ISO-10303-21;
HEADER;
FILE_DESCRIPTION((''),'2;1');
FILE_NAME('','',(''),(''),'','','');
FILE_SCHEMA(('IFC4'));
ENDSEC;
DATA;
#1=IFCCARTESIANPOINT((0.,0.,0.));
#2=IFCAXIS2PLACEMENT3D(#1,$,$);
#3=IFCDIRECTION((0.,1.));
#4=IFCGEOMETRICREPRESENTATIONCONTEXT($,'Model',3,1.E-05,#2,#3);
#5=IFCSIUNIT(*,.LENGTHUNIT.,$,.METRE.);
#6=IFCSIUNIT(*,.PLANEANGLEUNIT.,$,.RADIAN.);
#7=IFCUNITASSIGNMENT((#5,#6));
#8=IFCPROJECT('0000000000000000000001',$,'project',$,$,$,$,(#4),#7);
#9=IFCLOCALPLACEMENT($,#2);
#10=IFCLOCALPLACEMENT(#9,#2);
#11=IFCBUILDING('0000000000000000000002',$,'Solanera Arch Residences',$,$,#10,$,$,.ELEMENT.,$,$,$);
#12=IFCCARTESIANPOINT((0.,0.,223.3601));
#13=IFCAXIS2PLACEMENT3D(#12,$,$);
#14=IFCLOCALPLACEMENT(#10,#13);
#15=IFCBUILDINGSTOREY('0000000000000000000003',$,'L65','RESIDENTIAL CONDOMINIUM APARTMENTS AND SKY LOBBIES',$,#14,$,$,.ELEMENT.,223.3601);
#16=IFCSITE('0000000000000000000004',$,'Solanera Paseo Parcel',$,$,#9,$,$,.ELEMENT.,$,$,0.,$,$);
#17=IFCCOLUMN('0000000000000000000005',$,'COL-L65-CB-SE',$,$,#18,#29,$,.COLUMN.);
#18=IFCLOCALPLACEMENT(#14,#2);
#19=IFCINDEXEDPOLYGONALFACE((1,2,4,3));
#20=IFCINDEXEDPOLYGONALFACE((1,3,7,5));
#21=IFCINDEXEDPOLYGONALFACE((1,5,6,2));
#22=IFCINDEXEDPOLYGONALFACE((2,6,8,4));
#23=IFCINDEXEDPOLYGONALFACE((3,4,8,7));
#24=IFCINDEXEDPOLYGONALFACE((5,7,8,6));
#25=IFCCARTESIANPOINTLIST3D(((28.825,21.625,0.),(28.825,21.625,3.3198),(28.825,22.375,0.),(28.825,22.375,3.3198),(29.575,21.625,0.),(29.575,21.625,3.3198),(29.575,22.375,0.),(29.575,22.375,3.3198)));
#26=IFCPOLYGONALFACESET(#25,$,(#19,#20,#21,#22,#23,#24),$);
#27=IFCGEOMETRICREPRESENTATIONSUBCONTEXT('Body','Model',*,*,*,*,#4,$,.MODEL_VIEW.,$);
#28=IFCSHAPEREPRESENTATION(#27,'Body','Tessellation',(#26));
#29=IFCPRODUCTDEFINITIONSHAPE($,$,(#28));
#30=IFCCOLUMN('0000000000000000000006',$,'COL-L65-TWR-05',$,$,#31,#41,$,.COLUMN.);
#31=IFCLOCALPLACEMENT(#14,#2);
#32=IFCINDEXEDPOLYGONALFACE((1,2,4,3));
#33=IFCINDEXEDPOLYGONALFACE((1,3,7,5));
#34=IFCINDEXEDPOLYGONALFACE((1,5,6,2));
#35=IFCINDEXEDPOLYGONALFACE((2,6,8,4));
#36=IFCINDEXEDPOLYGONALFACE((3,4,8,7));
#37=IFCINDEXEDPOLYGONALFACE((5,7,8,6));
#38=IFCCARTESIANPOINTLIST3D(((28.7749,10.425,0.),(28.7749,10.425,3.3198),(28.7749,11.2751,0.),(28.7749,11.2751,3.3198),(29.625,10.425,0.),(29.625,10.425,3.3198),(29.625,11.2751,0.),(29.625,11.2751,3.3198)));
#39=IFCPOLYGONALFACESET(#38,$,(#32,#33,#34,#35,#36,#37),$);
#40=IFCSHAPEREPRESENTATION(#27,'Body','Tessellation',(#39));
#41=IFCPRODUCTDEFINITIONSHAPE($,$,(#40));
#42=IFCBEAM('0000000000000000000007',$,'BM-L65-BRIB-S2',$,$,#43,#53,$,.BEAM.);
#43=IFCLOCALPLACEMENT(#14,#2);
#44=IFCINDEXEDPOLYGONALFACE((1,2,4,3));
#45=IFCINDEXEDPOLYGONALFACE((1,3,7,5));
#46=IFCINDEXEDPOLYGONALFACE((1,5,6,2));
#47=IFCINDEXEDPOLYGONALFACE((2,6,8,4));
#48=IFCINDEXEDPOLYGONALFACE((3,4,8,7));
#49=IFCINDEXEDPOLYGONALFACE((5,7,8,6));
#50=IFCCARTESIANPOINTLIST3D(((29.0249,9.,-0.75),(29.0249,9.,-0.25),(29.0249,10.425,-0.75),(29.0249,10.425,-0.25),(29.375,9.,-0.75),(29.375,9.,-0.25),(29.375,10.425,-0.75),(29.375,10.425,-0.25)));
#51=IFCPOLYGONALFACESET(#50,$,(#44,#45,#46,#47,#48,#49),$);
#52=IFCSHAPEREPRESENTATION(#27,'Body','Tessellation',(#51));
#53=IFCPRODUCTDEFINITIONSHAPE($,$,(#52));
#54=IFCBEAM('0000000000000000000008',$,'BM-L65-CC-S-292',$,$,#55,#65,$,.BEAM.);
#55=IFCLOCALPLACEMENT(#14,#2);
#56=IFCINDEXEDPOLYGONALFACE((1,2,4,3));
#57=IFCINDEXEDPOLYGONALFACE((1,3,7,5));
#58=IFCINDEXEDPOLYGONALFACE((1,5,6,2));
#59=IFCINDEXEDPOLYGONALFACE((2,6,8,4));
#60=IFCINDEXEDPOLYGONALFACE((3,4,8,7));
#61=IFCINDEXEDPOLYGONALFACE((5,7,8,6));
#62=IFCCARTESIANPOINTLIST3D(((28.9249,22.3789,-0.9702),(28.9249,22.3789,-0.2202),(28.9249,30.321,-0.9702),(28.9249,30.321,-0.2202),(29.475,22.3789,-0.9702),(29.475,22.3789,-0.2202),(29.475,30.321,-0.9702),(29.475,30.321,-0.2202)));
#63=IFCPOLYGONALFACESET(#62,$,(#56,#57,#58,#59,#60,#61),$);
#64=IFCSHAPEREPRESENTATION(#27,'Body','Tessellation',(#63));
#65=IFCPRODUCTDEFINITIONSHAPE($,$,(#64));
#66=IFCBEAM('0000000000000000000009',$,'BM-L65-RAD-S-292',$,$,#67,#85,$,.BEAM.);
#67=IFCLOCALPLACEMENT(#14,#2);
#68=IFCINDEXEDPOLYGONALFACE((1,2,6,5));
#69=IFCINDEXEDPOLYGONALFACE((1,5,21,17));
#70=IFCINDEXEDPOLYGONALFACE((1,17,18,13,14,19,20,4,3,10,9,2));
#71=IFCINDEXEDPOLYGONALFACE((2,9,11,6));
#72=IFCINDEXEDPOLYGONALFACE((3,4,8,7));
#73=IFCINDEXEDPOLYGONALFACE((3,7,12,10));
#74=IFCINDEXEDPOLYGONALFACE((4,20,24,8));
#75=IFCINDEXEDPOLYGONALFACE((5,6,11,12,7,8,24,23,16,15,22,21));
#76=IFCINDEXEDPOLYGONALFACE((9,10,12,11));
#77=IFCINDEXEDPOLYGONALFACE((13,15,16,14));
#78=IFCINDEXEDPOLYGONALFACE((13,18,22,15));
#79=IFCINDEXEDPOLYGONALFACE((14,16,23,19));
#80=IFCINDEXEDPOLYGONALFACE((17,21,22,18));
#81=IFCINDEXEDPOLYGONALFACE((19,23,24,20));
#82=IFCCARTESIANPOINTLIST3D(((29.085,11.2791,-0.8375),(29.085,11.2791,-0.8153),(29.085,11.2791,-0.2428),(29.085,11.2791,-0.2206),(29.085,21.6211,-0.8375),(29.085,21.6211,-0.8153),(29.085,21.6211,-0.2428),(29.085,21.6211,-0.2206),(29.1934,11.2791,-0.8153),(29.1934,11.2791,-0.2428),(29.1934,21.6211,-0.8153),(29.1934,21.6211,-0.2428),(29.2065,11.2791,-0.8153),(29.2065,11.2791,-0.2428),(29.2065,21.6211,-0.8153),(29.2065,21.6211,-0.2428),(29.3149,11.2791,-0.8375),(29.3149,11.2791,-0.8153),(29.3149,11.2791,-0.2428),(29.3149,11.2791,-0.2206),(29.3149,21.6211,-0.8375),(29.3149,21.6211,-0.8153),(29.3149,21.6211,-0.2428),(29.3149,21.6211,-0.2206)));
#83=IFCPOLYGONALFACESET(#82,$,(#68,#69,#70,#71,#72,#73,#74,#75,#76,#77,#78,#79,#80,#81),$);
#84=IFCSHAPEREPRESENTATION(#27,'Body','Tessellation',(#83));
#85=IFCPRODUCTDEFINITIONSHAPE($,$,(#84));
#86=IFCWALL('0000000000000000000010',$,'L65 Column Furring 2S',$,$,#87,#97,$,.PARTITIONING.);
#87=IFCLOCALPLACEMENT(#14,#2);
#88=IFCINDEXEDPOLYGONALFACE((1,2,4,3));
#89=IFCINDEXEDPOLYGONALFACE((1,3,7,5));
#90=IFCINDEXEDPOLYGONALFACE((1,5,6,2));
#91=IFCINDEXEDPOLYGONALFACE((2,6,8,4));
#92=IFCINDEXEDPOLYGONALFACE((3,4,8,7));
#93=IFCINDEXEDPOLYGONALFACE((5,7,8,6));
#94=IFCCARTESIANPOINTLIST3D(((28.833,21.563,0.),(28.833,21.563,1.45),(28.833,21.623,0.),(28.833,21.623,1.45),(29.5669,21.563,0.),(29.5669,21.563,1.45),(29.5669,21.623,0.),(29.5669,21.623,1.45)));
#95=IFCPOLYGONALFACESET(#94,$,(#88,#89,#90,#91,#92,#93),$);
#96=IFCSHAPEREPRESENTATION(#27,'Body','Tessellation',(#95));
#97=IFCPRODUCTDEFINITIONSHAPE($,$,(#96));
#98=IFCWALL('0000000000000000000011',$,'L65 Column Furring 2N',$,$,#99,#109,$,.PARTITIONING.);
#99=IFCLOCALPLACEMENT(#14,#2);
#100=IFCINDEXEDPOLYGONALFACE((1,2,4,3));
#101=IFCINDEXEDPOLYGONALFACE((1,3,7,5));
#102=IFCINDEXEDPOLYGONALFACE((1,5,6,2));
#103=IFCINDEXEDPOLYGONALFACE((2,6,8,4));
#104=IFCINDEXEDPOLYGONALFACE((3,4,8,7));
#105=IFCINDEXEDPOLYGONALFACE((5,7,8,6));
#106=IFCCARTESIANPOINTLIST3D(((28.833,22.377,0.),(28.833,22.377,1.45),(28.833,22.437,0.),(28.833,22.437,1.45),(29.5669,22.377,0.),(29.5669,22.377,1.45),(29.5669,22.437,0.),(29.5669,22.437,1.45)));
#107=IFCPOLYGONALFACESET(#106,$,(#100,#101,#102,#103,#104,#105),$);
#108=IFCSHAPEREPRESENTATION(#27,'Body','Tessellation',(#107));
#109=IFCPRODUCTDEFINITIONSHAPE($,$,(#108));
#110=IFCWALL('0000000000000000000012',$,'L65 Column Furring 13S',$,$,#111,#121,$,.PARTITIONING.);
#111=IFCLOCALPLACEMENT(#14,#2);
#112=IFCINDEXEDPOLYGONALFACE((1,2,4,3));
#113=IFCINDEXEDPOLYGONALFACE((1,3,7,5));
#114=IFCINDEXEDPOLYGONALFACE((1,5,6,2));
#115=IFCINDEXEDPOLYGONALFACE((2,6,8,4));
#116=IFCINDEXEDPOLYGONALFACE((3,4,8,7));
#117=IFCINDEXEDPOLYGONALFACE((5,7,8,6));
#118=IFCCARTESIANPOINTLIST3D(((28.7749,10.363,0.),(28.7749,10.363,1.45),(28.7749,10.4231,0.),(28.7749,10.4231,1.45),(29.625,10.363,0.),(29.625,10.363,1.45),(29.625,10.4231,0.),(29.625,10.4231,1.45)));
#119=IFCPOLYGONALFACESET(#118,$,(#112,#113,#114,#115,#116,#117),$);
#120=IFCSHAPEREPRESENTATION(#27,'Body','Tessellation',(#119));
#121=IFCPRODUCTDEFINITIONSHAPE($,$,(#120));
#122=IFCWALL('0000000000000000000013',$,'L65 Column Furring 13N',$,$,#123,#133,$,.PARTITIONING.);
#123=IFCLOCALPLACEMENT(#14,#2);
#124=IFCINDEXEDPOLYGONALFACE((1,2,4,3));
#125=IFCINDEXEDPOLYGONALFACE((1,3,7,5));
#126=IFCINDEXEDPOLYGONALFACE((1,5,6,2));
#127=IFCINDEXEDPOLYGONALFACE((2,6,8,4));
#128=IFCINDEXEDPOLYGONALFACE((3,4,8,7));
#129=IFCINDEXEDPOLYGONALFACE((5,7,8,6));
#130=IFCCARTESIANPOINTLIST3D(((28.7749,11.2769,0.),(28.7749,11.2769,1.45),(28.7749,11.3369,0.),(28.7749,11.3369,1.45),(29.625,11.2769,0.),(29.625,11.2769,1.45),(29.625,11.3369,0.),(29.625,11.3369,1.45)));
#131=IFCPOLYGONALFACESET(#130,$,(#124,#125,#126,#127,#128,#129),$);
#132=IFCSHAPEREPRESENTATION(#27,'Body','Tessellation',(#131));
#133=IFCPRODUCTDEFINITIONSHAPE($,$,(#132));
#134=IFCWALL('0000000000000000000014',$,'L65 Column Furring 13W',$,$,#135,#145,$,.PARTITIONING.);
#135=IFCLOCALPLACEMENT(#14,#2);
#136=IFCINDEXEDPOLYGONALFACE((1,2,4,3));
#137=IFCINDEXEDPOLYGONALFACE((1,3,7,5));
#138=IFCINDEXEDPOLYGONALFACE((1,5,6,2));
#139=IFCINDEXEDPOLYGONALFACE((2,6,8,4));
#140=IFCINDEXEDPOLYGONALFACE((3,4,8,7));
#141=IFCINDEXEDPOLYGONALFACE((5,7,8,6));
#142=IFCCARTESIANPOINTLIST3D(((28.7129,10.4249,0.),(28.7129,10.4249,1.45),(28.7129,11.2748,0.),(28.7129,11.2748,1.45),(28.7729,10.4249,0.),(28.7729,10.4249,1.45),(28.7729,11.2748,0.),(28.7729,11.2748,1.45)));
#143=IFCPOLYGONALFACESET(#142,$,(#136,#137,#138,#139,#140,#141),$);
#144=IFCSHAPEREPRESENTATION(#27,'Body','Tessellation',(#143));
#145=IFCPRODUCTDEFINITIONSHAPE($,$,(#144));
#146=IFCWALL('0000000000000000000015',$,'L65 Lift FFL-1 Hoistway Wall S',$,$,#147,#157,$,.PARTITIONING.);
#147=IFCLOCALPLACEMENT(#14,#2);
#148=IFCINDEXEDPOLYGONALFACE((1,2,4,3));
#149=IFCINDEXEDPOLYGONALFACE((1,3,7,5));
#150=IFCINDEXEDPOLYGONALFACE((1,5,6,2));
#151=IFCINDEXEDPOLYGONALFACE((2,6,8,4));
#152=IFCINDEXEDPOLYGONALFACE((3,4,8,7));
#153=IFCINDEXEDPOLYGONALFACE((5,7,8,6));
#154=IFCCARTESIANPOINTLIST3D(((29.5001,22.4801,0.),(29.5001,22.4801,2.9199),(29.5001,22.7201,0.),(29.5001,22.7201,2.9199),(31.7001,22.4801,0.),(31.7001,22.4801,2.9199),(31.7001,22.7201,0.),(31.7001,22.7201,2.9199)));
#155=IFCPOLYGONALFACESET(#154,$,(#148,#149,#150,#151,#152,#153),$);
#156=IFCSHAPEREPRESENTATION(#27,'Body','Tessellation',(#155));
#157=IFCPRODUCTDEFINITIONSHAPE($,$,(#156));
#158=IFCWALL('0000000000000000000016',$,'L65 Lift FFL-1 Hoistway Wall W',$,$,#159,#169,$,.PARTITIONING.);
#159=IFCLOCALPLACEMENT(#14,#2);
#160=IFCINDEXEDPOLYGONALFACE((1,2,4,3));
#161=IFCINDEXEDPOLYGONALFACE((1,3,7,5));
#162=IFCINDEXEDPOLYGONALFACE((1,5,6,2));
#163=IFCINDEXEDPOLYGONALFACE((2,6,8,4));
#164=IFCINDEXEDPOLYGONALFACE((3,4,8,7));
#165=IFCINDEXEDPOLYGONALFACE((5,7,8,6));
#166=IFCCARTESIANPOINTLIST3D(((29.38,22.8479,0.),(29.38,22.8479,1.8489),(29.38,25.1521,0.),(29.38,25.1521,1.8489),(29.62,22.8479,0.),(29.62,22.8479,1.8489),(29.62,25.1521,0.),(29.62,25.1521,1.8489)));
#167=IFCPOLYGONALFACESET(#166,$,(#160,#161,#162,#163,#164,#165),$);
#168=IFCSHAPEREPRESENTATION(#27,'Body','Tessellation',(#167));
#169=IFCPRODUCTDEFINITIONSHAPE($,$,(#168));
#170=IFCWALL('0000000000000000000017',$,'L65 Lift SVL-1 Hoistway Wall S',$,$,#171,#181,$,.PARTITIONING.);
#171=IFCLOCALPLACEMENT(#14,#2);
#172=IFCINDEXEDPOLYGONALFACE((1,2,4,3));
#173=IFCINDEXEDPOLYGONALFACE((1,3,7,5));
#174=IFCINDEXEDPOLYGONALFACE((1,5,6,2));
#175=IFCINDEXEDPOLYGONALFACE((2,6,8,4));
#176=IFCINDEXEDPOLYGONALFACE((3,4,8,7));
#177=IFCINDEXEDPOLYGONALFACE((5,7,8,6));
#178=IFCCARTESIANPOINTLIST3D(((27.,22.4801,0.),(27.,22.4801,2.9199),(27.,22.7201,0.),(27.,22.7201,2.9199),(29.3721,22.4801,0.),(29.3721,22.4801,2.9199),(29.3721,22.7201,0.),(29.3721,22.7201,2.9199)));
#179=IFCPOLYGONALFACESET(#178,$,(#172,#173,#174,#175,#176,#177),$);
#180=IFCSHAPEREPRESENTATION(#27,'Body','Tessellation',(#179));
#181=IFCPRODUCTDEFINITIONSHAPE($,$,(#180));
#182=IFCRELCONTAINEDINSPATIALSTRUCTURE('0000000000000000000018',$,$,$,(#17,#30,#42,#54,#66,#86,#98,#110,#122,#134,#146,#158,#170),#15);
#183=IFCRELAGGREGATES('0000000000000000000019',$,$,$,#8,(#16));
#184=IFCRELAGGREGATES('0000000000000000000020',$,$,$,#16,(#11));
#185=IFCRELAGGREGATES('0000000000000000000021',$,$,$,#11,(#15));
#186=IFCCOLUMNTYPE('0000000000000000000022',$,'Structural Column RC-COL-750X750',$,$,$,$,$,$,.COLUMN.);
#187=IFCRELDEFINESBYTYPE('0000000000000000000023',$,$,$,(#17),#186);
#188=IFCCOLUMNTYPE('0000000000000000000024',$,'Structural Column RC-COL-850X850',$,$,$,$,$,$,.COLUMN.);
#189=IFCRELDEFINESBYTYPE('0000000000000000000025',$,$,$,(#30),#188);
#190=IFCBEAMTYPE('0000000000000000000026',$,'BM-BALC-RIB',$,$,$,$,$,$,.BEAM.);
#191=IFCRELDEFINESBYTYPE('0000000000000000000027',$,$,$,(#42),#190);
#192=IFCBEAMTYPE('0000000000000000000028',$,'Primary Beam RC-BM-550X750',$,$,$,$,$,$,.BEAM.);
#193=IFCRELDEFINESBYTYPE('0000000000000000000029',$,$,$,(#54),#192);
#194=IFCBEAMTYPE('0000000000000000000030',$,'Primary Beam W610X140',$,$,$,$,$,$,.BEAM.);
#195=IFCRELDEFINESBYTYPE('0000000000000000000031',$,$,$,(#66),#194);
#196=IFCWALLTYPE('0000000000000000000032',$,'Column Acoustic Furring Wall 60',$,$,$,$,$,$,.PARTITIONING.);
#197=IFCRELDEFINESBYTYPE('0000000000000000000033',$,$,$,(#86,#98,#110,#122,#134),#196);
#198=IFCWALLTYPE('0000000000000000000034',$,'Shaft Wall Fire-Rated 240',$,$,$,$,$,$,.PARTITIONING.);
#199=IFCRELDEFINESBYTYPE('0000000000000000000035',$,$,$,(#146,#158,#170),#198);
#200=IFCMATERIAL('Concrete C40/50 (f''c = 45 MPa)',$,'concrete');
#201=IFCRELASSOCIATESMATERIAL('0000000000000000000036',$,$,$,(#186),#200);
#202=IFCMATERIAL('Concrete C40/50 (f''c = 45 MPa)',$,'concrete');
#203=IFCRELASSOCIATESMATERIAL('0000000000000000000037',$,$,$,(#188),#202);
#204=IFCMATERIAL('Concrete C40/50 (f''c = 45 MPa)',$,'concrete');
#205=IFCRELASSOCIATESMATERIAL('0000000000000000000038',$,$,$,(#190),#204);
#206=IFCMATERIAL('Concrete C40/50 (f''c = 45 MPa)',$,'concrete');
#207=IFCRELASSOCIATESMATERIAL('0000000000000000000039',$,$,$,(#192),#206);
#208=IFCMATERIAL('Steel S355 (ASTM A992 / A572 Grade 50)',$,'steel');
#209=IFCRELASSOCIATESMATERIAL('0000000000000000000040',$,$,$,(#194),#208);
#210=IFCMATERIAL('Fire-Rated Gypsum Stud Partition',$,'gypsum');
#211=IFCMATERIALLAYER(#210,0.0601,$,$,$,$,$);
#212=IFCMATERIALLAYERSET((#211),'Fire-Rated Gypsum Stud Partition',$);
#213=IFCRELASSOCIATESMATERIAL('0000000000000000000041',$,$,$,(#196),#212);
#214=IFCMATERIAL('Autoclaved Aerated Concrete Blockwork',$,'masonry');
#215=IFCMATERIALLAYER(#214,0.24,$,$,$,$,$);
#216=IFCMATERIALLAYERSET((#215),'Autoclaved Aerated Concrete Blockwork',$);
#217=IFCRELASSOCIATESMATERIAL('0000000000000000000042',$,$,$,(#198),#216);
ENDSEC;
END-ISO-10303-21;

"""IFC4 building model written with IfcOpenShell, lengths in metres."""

from ifc_helpers import new_model, si_unit, direction, frame, frame_2d, origin, origin_2d, place, context, subcontext, project, spatial, rectangle, i_section, extrude, material, layer, layer_set, material_profile, profile_set, type_object, element, save


model = new_model("IFC4")

# Units and contexts
model_context = context("Model", 3, precision=1e-05, world=origin(), true_north=direction((0.0, 1.0)))
body_context = subcontext(model_context, "Body", "Model", "MODEL_VIEW")
ifc_project = project(units=[si_unit("LENGTHUNIT", "METRE"), si_unit("PLANEANGLEUNIT", "RADIAN")], contexts=[model_context])

# Site, building, storey
site_placement = place(None, origin())
site = spatial("IfcSite", under=ifc_project, at=site_placement, Name="Solanera Paseo Parcel", CompositionType="ELEMENT", RefElevation=0.0)
building_placement = place(site_placement, origin())
building = spatial("IfcBuilding", under=site, at=building_placement, Name="Solanera Arch Residences", CompositionType="ELEMENT")
storey_placement = place(building_placement, frame((0.0, 0.0, 223.3601)))
storey = spatial("IfcBuildingStorey", under=building, at=storey_placement, Name="L65", Description="RESIDENTIAL CONDOMINIUM APARTMENTS AND SKY LOBBIES", CompositionType="ELEMENT", Elevation=223.3601)

# Columns
ifc_material_1 = material(Name="Concrete C40/50 (f'c = 45 MPa)", Category="concrete")
ifc_material_profile_1 = material_profile(ifc_material_1, rectangle(XDim=0.75, YDim=0.75, at=origin_2d()))
ifc_profile_set_1 = profile_set([ifc_material_profile_1], Name="Concrete C40/50 (f'c = 45 MPa)")
column_type_1 = type_object("IfcColumnType", Name="Structural Column RC-COL-750X750", PredefinedType="COLUMN", material=ifc_profile_set_1)
column_1_placement = place(storey_placement, frame((29.2, 22.0, 0.0), z_axis=(0.0, 0.0, 1.0), x_axis=(1.0, 0.0, 0.0)))
element("IfcColumn", 1, at=column_1_placement, inside=storey, type_object=column_type_1, Name="COL-L65-CB-SE", PredefinedType="COLUMN", context=body_context, shape_type="SweptSolid", body=[
    extrude(rectangle(XDim=0.75, YDim=0.75, at=origin_2d()), origin(), (0.0, 0.0, 1.0), 3.3198),
])
ifc_material_2 = material(Name="Concrete C40/50 (f'c = 45 MPa)", Category="concrete")
ifc_material_profile_2 = material_profile(ifc_material_2, rectangle(XDim=0.8501, YDim=0.8501, at=origin_2d()))
ifc_profile_set_2 = profile_set([ifc_material_profile_2], Name="Concrete C40/50 (f'c = 45 MPa)")
column_type_2 = type_object("IfcColumnType", Name="Structural Column RC-COL-850X850", PredefinedType="COLUMN", material=ifc_profile_set_2)
column_2_placement = place(storey_placement, frame((29.2, 10.8501, 0.0), z_axis=(0.0, 0.0, 1.0), x_axis=(1.0, 0.0, 0.0)))
element("IfcColumn", 2, at=column_2_placement, inside=storey, type_object=column_type_2, Name="COL-L65-TWR-05", PredefinedType="COLUMN", context=body_context, shape_type="SweptSolid", body=[
    extrude(rectangle(XDim=0.8501, YDim=0.8501, at=origin_2d()), origin(), (0.0, 0.0, 1.0), 3.3198),
])

# Beams
ifc_material_3 = material(Name="Concrete C40/50 (f'c = 45 MPa)", Category="concrete")
ifc_material_profile_3 = material_profile(ifc_material_3, rectangle(XDim=0.3501, YDim=0.5, at=origin_2d()))
ifc_profile_set_3 = profile_set([ifc_material_profile_3], Name="Concrete C40/50 (f'c = 45 MPa)")
beam_type_1 = type_object("IfcBeamType", Name="BM-BALC-RIB", PredefinedType="BEAM", material=ifc_profile_set_3)
beam_1_placement = place(storey_placement, frame((29.2, 9.0, -0.5), z_axis=(0.0, 1.0, 0.0), x_axis=(-1.0, 0.0, 0.0)))
element("IfcBeam", 3, at=beam_1_placement, inside=storey, type_object=beam_type_1, Name="BM-L65-BRIB-S2", PredefinedType="BEAM", context=body_context, shape_type="SweptSolid", body=[
    extrude(rectangle(XDim=0.3501, YDim=0.5, at=origin_2d()), origin(), (0.0, 0.0, 1.0), 1.425),
])
ifc_material_4 = material(Name="Concrete C40/50 (f'c = 45 MPa)", Category="concrete")
ifc_material_profile_4 = material_profile(ifc_material_4, rectangle(XDim=0.55, YDim=0.75, at=origin_2d()))
ifc_profile_set_4 = profile_set([ifc_material_profile_4], Name="Concrete C40/50 (f'c = 45 MPa)")
beam_type_2 = type_object("IfcBeamType", Name="Primary Beam RC-BM-550X750", PredefinedType="BEAM", material=ifc_profile_set_4)
beam_2_placement = place(storey_placement, frame((29.2, 22.3789, -0.5952), z_axis=(0.0, 1.0, 0.0), x_axis=(-1.0, 0.0, 0.0)))
element("IfcBeam", 4, at=beam_2_placement, inside=storey, type_object=beam_type_2, Name="BM-L65-CC-S-292", PredefinedType="BEAM", context=body_context, shape_type="SweptSolid", body=[
    extrude(rectangle(XDim=0.55, YDim=0.75, at=origin_2d()), origin(), (0.0, 0.0, 1.0), 7.9421),
])
ifc_material_5 = material(Name="Steel S355 (ASTM A992 / A572 Grade 50)", Category="steel")
ifc_material_profile_5 = material_profile(ifc_material_5, i_section(OverallWidth=0.23, OverallDepth=0.6169, WebThickness=0.0132, FlangeThickness=0.0222, at=origin_2d()))
ifc_profile_set_5 = profile_set([ifc_material_profile_5], Name="Steel S355 (ASTM A992 / A572 Grade 50)")
beam_type_3 = type_object("IfcBeamType", Name="Primary Beam W610X140", PredefinedType="BEAM", material=ifc_profile_set_5)
beam_3_placement = place(storey_placement, frame((29.2, 11.2791, -0.5291), z_axis=(0.0, 1.0, 0.0), x_axis=(-1.0, 0.0, 0.0)))
element("IfcBeam", 5, at=beam_3_placement, inside=storey, type_object=beam_type_3, Name="BM-L65-RAD-S-292", PredefinedType="BEAM", context=body_context, shape_type="SweptSolid", body=[
    extrude(i_section(OverallWidth=0.23, OverallDepth=0.6169, WebThickness=0.0132, FlangeThickness=0.0222, at=origin_2d()), origin(), (0.0, 0.0, 1.0), 10.342),
])

# Walls
ifc_material_6 = material(Name="Fire-Rated Gypsum Stud Partition", Category="gypsum")
ifc_layer_1 = layer(ifc_material_6, 0.0601)
ifc_layer_set_1 = layer_set([ifc_layer_1], Name="Fire-Rated Gypsum Stud Partition")
wall_type_1 = type_object("IfcWallType", Name="Column Acoustic Furring Wall 60", PredefinedType="PARTITIONING", material=ifc_layer_set_1)
for number, where, z_axis, x_axis, name in (
    (6, (28.833, 21.593, 0.0), (0.0, 0.0, 1.0), (1.0, 0.0, 0.0), "L65 Column Furring 2S"),
    (7, (28.833, 22.407, 0.0), (0.0, 0.0, 1.0), (1.0, 0.0, 0.0), "L65 Column Furring 2N"),
):
    element("IfcWall", number, at=place(storey_placement, frame(where, z_axis=z_axis, x_axis=x_axis)), inside=storey, type_object=wall_type_1, Name=name, PredefinedType="PARTITIONING", context=body_context, shape_type="SweptSolid", body=[
        extrude(rectangle(XDim=0.7339, YDim=0.0601, at=frame_2d((0.3669, 0.0))), origin(), (0.0, 0.0, 1.0), 1.45),
    ])
for number, where, z_axis, x_axis, name in (
    (8, (28.7749, 10.3931, 0.0), (0.0, 0.0, 1.0), (1.0, 0.0, 0.0), "L65 Column Furring 13S"),
    (9, (28.7749, 11.3069, 0.0), (0.0, 0.0, 1.0), (1.0, 0.0, 0.0), "L65 Column Furring 13N"),
):
    element("IfcWall", number, at=place(storey_placement, frame(where, z_axis=z_axis, x_axis=x_axis)), inside=storey, type_object=wall_type_1, Name=name, PredefinedType="PARTITIONING", context=body_context, shape_type="SweptSolid", body=[
        extrude(rectangle(XDim=0.8501, YDim=0.0601, at=frame_2d((0.425, 0.0))), origin(), (0.0, 0.0, 1.0), 1.45),
    ])
wall_1_placement = place(storey_placement, frame((28.7429, 10.425, 0.0), z_axis=(0.0, 0.0, 1.0), x_axis=(0.0, 1.0, 0.0)))
element("IfcWall", 10, at=wall_1_placement, inside=storey, type_object=wall_type_1, Name="L65 Column Furring 13W", PredefinedType="PARTITIONING", context=body_context, shape_type="SweptSolid", body=[
    extrude(rectangle(XDim=0.8499, YDim=0.0601, at=frame_2d((0.4248, 0.0))), origin(), (0.0, 0.0, 1.0), 1.45),
])
ifc_material_7 = material(Name="Autoclaved Aerated Concrete Blockwork", Category="masonry")
ifc_layer_2 = layer(ifc_material_7, 0.24)
ifc_layer_set_2 = layer_set([ifc_layer_2], Name="Autoclaved Aerated Concrete Blockwork")
wall_type_2 = type_object("IfcWallType", Name="Shaft Wall Fire-Rated 240", PredefinedType="PARTITIONING", material=ifc_layer_set_2)
wall_2_placement = place(storey_placement, frame((29.5, 22.6001, 0.0), z_axis=(0.0, 0.0, 1.0), x_axis=(1.0, 0.0, 0.0)))
element("IfcWall", 11, at=wall_2_placement, inside=storey, type_object=wall_type_2, Name="L65 Lift FFL-1 Hoistway Wall S", PredefinedType="PARTITIONING", context=body_context, shape_type="SweptSolid", body=[
    extrude(rectangle(XDim=2.2, YDim=0.24, at=frame_2d((1.1001, 0.0))), origin(), (0.0, 0.0, 1.0), 2.9199),
])
wall_3_placement = place(storey_placement, frame((29.5, 22.8479, 0.0), z_axis=(0.0, 0.0, 1.0), x_axis=(0.0, 1.0, 0.0)))
element("IfcWall", 12, at=wall_3_placement, inside=storey, type_object=wall_type_2, Name="L65 Lift FFL-1 Hoistway Wall W", PredefinedType="PARTITIONING", context=body_context, shape_type="SweptSolid", body=[
    extrude(rectangle(XDim=2.3042, YDim=0.24, at=frame_2d((1.1521, 0.0))), origin(), (0.0, 0.0, 1.0), 1.8489),
])
wall_4_placement = place(storey_placement, frame((27.0, 22.6001, 0.0), z_axis=(0.0, 0.0, 1.0), x_axis=(1.0, 0.0, 0.0)))
element("IfcWall", 13, at=wall_4_placement, inside=storey, type_object=wall_type_2, Name="L65 Lift SVL-1 Hoistway Wall S", PredefinedType="PARTITIONING", context=body_context, shape_type="SweptSolid", body=[
    extrude(rectangle(XDim=2.3721, YDim=0.24, at=frame_2d((1.186, 0.0))), origin(), (0.0, 0.0, 1.0), 2.9199),
])

save(model, "model.ifc")
